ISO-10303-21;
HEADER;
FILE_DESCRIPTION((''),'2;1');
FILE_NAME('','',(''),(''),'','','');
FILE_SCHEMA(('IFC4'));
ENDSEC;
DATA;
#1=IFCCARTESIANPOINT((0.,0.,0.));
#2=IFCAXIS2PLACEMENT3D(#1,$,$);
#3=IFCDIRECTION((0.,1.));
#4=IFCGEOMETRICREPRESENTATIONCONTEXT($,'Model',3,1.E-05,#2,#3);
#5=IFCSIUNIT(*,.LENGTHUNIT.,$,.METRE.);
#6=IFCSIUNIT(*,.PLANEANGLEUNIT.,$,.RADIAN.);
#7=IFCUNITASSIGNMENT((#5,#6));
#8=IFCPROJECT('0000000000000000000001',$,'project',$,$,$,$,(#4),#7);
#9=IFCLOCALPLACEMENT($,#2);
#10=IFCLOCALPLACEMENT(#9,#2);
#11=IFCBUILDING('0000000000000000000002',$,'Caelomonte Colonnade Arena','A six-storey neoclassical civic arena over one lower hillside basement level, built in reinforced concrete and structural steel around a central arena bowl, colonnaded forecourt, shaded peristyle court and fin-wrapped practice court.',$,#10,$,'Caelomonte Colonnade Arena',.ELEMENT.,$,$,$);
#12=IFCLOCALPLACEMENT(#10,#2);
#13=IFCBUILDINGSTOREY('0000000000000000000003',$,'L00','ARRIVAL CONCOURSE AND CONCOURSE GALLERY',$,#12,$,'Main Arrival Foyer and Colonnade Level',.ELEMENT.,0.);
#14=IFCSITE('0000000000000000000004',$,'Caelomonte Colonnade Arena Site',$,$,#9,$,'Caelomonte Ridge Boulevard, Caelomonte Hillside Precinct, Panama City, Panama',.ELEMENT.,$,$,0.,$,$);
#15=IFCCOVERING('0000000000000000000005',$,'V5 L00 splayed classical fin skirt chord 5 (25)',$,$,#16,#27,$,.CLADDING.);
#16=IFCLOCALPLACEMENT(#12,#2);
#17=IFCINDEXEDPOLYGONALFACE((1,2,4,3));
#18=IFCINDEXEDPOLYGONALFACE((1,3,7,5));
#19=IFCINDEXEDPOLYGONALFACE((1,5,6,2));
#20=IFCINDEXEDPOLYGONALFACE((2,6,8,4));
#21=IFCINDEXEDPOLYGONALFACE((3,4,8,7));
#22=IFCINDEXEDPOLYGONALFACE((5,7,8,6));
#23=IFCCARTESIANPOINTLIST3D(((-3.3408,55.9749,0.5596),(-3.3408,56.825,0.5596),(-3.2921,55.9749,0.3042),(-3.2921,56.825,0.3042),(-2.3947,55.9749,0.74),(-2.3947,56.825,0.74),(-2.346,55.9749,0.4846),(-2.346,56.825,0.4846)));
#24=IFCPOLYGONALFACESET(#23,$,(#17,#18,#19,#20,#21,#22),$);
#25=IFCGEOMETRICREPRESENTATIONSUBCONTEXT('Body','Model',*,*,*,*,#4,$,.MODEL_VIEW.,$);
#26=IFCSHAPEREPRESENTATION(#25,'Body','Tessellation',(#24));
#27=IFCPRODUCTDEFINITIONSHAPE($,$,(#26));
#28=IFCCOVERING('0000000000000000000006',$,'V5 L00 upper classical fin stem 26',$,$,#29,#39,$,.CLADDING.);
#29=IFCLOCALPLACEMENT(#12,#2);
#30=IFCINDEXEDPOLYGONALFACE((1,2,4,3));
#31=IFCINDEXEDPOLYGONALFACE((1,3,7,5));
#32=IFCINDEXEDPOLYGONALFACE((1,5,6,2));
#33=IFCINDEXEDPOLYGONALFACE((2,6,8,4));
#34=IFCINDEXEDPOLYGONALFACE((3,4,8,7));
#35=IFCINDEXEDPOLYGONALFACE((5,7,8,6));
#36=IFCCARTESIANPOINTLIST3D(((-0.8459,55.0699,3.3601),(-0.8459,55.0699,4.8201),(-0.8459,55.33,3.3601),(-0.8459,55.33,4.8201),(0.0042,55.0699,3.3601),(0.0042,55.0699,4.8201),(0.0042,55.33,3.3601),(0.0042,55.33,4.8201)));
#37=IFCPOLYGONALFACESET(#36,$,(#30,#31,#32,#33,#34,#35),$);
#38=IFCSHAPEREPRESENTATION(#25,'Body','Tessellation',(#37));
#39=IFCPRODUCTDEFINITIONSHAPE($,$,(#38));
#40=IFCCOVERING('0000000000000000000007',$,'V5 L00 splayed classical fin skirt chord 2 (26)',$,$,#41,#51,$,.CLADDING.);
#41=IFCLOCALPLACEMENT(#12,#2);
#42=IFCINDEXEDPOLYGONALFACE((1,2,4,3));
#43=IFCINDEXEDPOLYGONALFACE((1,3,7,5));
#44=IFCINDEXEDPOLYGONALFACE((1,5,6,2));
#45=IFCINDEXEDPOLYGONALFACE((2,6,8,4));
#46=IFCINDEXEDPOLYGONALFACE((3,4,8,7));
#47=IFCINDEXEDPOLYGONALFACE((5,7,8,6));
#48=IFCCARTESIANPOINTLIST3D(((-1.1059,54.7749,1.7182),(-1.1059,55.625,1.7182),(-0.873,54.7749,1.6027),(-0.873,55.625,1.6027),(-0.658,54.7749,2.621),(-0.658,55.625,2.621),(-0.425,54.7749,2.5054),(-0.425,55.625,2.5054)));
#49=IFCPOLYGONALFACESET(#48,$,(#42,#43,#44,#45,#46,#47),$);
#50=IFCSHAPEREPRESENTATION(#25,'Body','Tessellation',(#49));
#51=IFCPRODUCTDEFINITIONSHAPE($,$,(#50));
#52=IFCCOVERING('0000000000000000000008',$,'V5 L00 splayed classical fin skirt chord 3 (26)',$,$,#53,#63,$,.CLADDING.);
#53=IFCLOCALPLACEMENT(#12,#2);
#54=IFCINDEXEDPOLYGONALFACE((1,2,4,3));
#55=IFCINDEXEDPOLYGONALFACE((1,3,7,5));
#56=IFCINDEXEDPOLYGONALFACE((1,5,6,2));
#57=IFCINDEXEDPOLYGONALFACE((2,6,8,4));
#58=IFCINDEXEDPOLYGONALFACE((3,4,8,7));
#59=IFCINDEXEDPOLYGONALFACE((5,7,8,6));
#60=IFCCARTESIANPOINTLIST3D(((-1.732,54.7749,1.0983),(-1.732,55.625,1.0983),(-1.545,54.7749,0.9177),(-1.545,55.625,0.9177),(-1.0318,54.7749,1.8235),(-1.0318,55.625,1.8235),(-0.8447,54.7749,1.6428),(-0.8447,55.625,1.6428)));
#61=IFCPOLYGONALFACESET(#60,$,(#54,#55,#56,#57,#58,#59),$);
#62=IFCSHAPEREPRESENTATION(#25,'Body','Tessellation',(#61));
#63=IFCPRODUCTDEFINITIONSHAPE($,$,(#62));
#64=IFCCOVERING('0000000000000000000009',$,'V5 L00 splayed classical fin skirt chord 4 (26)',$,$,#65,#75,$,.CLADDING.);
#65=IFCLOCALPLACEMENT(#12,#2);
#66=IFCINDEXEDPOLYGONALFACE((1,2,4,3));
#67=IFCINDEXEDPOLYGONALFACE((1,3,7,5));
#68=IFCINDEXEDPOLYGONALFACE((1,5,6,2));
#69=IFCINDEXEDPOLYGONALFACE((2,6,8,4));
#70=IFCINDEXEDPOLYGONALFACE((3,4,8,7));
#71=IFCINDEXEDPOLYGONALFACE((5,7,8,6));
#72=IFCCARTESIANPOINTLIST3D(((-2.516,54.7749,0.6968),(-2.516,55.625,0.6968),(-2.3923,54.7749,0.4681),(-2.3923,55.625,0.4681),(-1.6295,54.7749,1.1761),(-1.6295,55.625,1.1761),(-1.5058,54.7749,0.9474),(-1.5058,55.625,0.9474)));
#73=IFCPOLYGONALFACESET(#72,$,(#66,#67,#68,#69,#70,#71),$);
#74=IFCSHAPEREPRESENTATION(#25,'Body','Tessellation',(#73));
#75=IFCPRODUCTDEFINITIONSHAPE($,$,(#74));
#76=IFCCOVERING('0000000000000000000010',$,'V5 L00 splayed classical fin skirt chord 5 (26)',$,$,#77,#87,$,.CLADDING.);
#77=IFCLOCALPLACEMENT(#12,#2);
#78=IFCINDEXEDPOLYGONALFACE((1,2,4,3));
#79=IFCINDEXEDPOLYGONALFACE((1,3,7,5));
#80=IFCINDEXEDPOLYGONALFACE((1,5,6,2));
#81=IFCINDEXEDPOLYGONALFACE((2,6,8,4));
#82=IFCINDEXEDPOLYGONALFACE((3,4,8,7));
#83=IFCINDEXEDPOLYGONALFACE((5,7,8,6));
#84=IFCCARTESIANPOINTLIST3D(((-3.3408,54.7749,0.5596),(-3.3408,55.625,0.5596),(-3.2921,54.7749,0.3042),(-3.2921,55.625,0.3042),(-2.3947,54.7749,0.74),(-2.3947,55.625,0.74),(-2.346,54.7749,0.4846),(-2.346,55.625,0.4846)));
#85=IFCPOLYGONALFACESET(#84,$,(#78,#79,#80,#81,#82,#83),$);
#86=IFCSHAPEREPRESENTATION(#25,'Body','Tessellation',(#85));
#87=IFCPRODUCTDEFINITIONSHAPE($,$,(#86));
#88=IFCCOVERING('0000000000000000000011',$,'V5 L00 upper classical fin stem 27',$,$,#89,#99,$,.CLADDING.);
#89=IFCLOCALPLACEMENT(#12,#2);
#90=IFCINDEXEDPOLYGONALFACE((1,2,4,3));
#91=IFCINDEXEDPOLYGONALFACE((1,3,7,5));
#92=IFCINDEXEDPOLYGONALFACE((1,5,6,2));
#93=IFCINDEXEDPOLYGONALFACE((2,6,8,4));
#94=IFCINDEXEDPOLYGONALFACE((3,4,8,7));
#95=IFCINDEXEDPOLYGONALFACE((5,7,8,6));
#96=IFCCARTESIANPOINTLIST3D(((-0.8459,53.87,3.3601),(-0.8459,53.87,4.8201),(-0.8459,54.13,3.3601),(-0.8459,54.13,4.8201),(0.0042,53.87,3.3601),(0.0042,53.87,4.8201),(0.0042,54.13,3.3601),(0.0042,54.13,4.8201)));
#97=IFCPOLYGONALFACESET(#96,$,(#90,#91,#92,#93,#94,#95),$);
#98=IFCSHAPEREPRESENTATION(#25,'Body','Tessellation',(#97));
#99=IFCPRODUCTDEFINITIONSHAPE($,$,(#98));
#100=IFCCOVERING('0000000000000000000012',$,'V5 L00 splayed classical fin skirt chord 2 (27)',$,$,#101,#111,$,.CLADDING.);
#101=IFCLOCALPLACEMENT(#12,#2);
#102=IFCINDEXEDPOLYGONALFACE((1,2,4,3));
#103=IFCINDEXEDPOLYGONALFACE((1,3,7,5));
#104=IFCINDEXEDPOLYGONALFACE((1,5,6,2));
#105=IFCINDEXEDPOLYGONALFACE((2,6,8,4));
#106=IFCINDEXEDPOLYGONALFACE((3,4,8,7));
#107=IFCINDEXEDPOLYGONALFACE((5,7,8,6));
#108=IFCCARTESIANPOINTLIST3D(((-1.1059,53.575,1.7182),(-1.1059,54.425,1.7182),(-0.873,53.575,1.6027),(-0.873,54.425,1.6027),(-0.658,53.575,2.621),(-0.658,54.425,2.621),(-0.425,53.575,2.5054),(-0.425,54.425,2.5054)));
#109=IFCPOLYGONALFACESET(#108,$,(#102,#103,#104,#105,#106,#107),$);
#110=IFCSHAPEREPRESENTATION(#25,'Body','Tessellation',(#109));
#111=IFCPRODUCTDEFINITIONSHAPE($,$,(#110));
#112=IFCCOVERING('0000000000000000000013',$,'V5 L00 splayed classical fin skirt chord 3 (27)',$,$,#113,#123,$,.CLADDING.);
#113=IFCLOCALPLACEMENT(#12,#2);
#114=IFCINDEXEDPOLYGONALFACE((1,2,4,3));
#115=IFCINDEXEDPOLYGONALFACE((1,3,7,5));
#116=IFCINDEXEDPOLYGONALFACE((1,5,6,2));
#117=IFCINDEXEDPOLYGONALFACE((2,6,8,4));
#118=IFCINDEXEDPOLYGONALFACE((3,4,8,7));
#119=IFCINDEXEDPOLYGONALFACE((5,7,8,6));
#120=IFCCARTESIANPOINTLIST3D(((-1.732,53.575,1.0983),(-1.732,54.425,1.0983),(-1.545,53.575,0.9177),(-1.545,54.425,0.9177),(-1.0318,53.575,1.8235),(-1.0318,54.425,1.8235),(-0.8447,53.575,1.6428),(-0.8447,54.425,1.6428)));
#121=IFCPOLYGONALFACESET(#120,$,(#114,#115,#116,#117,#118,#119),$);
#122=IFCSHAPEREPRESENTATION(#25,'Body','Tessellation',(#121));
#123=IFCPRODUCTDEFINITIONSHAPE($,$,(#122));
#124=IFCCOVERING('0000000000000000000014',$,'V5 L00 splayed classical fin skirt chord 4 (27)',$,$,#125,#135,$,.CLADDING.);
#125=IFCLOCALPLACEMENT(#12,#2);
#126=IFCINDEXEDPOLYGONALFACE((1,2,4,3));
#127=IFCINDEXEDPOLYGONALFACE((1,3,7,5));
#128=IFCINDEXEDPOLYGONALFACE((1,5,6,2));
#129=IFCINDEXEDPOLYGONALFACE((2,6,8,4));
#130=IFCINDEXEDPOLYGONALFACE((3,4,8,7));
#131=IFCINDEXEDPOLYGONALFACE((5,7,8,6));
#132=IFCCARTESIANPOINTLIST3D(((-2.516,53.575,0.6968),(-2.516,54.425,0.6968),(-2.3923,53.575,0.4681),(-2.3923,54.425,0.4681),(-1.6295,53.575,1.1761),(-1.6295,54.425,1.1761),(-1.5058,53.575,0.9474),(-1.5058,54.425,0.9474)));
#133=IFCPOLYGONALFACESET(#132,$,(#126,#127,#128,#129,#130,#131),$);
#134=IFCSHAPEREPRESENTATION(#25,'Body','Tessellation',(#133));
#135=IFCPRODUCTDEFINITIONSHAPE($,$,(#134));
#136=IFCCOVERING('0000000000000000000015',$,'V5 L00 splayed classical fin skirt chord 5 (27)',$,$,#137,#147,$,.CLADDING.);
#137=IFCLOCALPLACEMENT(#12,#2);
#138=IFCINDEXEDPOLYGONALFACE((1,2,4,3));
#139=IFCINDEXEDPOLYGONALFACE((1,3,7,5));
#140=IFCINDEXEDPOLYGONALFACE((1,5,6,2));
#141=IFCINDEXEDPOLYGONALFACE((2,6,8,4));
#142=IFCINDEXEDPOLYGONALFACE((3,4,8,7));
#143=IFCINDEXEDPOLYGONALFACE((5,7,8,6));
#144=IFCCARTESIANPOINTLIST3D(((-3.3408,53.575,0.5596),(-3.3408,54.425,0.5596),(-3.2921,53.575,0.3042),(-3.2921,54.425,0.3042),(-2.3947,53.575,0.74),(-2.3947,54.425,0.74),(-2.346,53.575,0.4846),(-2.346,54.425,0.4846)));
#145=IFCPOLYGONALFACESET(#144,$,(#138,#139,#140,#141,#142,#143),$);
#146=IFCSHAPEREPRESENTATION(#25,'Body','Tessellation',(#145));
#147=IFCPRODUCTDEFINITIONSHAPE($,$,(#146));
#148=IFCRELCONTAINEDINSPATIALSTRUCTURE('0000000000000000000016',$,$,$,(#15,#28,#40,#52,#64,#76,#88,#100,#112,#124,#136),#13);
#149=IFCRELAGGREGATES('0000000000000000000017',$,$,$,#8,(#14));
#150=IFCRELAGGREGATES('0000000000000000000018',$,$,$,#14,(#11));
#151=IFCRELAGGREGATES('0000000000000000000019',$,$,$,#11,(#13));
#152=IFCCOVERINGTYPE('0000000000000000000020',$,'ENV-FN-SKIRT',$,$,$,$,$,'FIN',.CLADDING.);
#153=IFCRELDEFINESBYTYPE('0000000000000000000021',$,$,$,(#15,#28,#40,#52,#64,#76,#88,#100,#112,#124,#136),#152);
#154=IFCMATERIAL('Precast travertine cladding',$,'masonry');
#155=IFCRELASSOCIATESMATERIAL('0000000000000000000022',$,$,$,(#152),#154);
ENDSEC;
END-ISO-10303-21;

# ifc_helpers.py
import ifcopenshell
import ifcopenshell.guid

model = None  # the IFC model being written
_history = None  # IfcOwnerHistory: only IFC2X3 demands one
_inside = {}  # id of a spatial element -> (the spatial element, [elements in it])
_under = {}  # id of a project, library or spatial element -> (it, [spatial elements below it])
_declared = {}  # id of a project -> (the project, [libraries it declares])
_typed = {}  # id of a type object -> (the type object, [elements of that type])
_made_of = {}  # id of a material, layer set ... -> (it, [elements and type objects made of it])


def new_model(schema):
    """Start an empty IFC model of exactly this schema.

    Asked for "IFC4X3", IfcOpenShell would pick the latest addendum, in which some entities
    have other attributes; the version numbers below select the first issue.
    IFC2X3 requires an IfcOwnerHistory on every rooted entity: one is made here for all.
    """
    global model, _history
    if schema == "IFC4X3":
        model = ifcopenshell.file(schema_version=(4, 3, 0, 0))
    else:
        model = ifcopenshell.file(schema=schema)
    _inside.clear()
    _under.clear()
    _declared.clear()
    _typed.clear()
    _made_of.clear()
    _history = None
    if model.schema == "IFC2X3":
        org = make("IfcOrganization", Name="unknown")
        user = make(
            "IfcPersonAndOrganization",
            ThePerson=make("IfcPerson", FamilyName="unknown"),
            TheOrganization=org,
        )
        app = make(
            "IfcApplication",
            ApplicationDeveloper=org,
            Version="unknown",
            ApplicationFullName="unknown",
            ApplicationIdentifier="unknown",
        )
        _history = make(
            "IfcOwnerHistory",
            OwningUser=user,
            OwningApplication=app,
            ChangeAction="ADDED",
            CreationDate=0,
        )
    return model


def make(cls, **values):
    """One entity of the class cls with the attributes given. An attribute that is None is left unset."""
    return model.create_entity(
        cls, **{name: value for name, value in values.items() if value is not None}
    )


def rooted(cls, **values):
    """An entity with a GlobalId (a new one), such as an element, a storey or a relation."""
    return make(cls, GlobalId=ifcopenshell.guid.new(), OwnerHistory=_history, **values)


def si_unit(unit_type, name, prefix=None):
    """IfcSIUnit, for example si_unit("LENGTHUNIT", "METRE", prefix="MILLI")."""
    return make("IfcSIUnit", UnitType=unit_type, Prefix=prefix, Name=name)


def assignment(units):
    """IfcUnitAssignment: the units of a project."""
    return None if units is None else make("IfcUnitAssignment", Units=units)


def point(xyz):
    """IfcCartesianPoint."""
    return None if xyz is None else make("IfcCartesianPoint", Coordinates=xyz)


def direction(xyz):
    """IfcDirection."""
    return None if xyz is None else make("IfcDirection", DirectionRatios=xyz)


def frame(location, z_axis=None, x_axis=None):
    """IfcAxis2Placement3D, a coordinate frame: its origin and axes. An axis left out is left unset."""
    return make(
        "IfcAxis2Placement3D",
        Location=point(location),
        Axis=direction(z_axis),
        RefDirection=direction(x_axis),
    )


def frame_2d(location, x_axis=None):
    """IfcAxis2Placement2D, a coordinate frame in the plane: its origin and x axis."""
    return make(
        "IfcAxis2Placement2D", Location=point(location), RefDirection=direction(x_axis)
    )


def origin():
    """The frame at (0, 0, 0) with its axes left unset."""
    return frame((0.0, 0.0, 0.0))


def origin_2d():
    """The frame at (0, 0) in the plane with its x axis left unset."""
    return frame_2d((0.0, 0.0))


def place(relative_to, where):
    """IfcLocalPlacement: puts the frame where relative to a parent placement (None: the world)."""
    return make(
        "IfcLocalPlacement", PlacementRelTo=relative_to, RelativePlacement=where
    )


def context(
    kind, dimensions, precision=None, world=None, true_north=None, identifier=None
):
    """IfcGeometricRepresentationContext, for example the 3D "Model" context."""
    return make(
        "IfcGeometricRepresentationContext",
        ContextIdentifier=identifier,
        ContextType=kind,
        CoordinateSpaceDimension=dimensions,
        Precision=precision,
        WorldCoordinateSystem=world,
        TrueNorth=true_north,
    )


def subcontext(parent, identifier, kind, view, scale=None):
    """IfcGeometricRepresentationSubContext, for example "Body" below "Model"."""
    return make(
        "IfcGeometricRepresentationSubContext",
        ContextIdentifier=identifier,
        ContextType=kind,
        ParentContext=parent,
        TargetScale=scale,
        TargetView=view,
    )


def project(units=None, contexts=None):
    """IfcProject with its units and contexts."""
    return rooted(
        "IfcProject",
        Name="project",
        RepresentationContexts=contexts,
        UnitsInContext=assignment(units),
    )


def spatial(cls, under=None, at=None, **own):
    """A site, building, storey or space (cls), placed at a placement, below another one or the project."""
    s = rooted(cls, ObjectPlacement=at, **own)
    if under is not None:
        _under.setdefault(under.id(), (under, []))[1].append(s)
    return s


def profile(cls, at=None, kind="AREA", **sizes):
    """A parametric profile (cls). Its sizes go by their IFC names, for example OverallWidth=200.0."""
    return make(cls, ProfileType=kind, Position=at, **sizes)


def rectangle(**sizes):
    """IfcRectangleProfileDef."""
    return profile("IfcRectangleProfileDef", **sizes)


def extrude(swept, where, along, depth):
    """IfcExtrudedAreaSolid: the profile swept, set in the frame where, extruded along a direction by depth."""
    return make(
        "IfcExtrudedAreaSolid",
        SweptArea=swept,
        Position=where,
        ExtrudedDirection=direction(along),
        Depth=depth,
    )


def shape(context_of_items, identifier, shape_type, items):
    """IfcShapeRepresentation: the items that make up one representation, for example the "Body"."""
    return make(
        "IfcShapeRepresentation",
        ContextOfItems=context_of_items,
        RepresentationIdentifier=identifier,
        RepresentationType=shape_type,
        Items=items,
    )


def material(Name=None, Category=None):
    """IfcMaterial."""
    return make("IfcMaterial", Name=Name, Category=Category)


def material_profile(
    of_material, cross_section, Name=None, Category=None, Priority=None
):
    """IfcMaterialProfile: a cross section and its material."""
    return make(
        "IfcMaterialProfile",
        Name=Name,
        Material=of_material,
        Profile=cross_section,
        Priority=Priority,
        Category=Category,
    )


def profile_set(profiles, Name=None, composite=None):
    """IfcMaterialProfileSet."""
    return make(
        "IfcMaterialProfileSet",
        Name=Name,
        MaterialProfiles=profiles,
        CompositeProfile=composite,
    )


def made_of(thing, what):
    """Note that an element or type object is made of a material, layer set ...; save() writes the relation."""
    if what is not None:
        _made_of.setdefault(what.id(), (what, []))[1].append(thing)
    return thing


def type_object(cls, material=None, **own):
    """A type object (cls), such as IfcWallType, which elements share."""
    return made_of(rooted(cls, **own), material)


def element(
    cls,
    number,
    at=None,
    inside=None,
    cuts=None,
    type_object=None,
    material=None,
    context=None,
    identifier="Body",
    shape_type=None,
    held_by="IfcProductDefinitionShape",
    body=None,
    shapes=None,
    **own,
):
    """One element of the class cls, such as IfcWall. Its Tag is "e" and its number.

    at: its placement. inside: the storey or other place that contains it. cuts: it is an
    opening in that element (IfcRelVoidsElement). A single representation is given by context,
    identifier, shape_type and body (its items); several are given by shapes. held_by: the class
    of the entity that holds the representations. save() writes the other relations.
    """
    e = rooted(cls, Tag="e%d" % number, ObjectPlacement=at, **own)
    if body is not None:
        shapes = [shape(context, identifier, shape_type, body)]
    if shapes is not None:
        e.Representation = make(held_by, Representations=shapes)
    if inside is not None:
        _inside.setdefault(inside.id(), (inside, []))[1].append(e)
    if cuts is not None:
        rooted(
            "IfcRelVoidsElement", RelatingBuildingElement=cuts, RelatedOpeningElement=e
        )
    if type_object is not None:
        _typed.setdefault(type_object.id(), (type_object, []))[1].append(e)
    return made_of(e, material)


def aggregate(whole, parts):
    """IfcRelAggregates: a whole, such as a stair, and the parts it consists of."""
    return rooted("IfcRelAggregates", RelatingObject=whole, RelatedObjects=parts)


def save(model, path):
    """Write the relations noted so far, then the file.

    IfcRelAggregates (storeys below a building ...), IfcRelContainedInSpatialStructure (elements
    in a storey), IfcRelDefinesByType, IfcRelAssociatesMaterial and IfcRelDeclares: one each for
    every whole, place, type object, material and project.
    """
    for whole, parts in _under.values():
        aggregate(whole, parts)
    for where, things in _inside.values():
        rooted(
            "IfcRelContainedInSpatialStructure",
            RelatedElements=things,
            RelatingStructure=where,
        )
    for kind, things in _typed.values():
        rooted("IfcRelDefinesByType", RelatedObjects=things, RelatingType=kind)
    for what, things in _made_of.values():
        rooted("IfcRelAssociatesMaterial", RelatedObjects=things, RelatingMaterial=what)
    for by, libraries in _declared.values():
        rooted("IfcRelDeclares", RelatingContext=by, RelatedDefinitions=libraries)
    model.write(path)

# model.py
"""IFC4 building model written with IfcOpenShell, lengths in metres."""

from ifc_helpers import new_model, si_unit, direction, frame, origin, origin_2d, place, context, subcontext, project, spatial, rectangle, extrude, material, material_profile, profile_set, type_object, element, save


model = new_model("IFC4")

# Units and contexts
model_context = context("Model", 3, precision=1e-05, world=origin(), true_north=direction((0.0, 1.0)))
body_context = subcontext(model_context, "Body", "Model", "MODEL_VIEW")
ifc_project = project(units=[si_unit("LENGTHUNIT", "METRE"), si_unit("PLANEANGLEUNIT", "RADIAN")], contexts=[model_context])

# Site, building, storey
site_placement = place(None, origin())
site = spatial("IfcSite", under=ifc_project, at=site_placement, Name="Caelomonte Colonnade Arena Site", LongName="Caelomonte Ridge Boulevard, Caelomonte Hillside Precinct, Panama City, Panama", CompositionType="ELEMENT", RefElevation=0.0)
building_placement = place(site_placement, origin())
building = spatial("IfcBuilding", under=site, at=building_placement, Name="Caelomonte Colonnade Arena", Description="A six-storey neoclassical civic arena over one lower hillside basement level, built in reinforced concrete and structural steel around a central arena bowl, colonnaded forecourt, shaded peristyle court and fin-wrapped practice court.", LongName="Caelomonte Colonnade Arena", CompositionType="ELEMENT")
storey_placement = place(building_placement, origin())
storey = spatial("IfcBuildingStorey", under=building, at=storey_placement, Name="L00", Description="ARRIVAL CONCOURSE AND CONCOURSE GALLERY", LongName="Main Arrival Foyer and Colonnade Level", CompositionType="ELEMENT", Elevation=0.0)

# Coverings
ifc_material = material(Name="Precast travertine cladding", Category="masonry")
ifc_material_profile = material_profile(ifc_material, rectangle(XDim=0.26, YDim=0.8501, at=origin_2d()), Name="FIN260X850")
ifc_profile_set = profile_set([ifc_material_profile], Name="Precast travertine cladding")
covering_type = type_object("IfcCoveringType", Name="ENV-FN-SKIRT", ElementType="FIN", PredefinedType="CLADDING", material=ifc_profile_set)
covering_1_placement = place(storey_placement, frame((-2.3704, 56.3999, 0.6123), z_axis=(-0.982296, 0.0, -0.187333), x_axis=(-0.187333, 0.0, 0.982296)))
element("IfcCovering", 1, at=covering_1_placement, inside=storey, type_object=covering_type, Name="V5 L00 splayed classical fin skirt chord 5 (25)", PredefinedType="CLADDING", context=body_context, shape_type="SweptSolid", body=[
    extrude(rectangle(XDim=0.26, YDim=0.8501, at=origin_2d()), origin(), (0.0, 0.0, 1.0), 0.9631),
])
covering_2_placement = place(storey_placement, frame((-0.4209, 55.2, 3.3601), z_axis=(0.0, 0.0, 1.0), x_axis=(0.0, 1.0, 0.0)))
element("IfcCovering", 2, at=covering_2_placement, inside=storey, type_object=covering_type, Name="V5 L00 upper classical fin stem 26", PredefinedType="CLADDING", context=body_context, shape_type="SweptSolid", body=[
    extrude(rectangle(XDim=0.26, YDim=0.8501, at=origin_2d()), origin(), (0.0, 0.0, 1.0), 1.46),
])
covering_3_placement = place(storey_placement, frame((-0.5415, 55.2, 2.5632), z_axis=(-0.444499, 0.0, -0.89578), x_axis=(-0.89578, 0.0, 0.444499)))
element("IfcCovering", 3, at=covering_3_placement, inside=storey, type_object=covering_type, Name="V5 L00 splayed classical fin skirt chord 2 (26)", PredefinedType="CLADDING", context=body_context, shape_type="SweptSolid", body=[
    extrude(rectangle(XDim=0.26, YDim=0.8501, at=origin_2d()), origin(), (0.0, 0.0, 1.0), 1.0078),
])
covering_4_placement = place(storey_placement, frame((-0.9382, 55.2, 1.7332), z_axis=(-0.694646, 0.0, -0.719351), x_axis=(-0.719351, 0.0, 0.694646)))
element("IfcCovering", 4, at=covering_4_placement, inside=storey, type_object=covering_type, Name="V5 L00 splayed classical fin skirt chord 3 (26)", PredefinedType="CLADDING", context=body_context, shape_type="SweptSolid", body=[
    extrude(rectangle(XDim=0.26, YDim=0.8501, at=origin_2d()), origin(), (0.0, 0.0, 1.0), 1.0081),
])
covering_5_placement = place(storey_placement, frame((-1.5676, 55.2, 1.0618), z_axis=(-0.879676, 0.0, -0.475573), x_axis=(-0.475573, 0.0, 0.879676)))
element("IfcCovering", 5, at=covering_5_placement, inside=storey, type_object=covering_type, Name="V5 L00 splayed classical fin skirt chord 4 (26)", PredefinedType="CLADDING", context=body_context, shape_type="SweptSolid", body=[
    extrude(rectangle(XDim=0.26, YDim=0.8501, at=origin_2d()), origin(), (0.0, 0.0, 1.0), 1.0078),
])
covering_6_placement = place(storey_placement, frame((-2.3704, 55.2, 0.6123), z_axis=(-0.982296, 0.0, -0.187333), x_axis=(-0.187333, 0.0, 0.982296)))
element("IfcCovering", 6, at=covering_6_placement, inside=storey, type_object=covering_type, Name="V5 L00 splayed classical fin skirt chord 5 (26)", PredefinedType="CLADDING", context=body_context, shape_type="SweptSolid", body=[
    extrude(rectangle(XDim=0.26, YDim=0.8501, at=origin_2d()), origin(), (0.0, 0.0, 1.0), 0.9631),
])
covering_7_placement = place(storey_placement, frame((-0.4209, 54.0, 3.3601), z_axis=(0.0, 0.0, 1.0), x_axis=(0.0, 1.0, 0.0)))
element("IfcCovering", 7, at=covering_7_placement, inside=storey, type_object=covering_type, Name="V5 L00 upper classical fin stem 27", PredefinedType="CLADDING", context=body_context, shape_type="SweptSolid", body=[
    extrude(rectangle(XDim=0.26, YDim=0.8501, at=origin_2d()), origin(), (0.0, 0.0, 1.0), 1.46),
])
covering_8_placement = place(storey_placement, frame((-0.5415, 54.0, 2.5632), z_axis=(-0.444499, 0.0, -0.89578), x_axis=(-0.89578, 0.0, 0.444499)))
element("IfcCovering", 8, at=covering_8_placement, inside=storey, type_object=covering_type, Name="V5 L00 splayed classical fin skirt chord 2 (27)", PredefinedType="CLADDING", context=body_context, shape_type="SweptSolid", body=[
    extrude(rectangle(XDim=0.26, YDim=0.8501, at=origin_2d()), origin(), (0.0, 0.0, 1.0), 1.0078),
])
covering_9_placement = place(storey_placement, frame((-0.9382, 54.0, 1.7332), z_axis=(-0.694646, 0.0, -0.719351), x_axis=(-0.719351, 0.0, 0.694646)))
element("IfcCovering", 9, at=covering_9_placement, inside=storey, type_object=covering_type, Name="V5 L00 splayed classical fin skirt chord 3 (27)", PredefinedType="CLADDING", context=body_context, shape_type="SweptSolid", body=[
    extrude(rectangle(XDim=0.26, YDim=0.8501, at=origin_2d()), origin(), (0.0, 0.0, 1.0), 1.0081),
])
covering_10_placement = place(storey_placement, frame((-1.5676, 54.0, 1.0618), z_axis=(-0.879676, 0.0, -0.475573), x_axis=(-0.475573, 0.0, 0.879676)))
element("IfcCovering", 10, at=covering_10_placement, inside=storey, type_object=covering_type, Name="V5 L00 splayed classical fin skirt chord 4 (27)", PredefinedType="CLADDING", context=body_context, shape_type="SweptSolid", body=[
    extrude(rectangle(XDim=0.26, YDim=0.8501, at=origin_2d()), origin(), (0.0, 0.0, 1.0), 1.0078),
])
covering_11_placement = place(storey_placement, frame((-2.3704, 54.0, 0.6123), z_axis=(-0.982296, 0.0, -0.187333), x_axis=(-0.187333, 0.0, 0.982296)))
element("IfcCovering", 11, at=covering_11_placement, inside=storey, type_object=covering_type, Name="V5 L00 splayed classical fin skirt chord 5 (27)", PredefinedType="CLADDING", context=body_context, shape_type="SweptSolid", body=[
    extrude(rectangle(XDim=0.26, YDim=0.8501, at=origin_2d()), origin(), (0.0, 0.0, 1.0), 0.9631),
])

save(model, "model.ifc")
